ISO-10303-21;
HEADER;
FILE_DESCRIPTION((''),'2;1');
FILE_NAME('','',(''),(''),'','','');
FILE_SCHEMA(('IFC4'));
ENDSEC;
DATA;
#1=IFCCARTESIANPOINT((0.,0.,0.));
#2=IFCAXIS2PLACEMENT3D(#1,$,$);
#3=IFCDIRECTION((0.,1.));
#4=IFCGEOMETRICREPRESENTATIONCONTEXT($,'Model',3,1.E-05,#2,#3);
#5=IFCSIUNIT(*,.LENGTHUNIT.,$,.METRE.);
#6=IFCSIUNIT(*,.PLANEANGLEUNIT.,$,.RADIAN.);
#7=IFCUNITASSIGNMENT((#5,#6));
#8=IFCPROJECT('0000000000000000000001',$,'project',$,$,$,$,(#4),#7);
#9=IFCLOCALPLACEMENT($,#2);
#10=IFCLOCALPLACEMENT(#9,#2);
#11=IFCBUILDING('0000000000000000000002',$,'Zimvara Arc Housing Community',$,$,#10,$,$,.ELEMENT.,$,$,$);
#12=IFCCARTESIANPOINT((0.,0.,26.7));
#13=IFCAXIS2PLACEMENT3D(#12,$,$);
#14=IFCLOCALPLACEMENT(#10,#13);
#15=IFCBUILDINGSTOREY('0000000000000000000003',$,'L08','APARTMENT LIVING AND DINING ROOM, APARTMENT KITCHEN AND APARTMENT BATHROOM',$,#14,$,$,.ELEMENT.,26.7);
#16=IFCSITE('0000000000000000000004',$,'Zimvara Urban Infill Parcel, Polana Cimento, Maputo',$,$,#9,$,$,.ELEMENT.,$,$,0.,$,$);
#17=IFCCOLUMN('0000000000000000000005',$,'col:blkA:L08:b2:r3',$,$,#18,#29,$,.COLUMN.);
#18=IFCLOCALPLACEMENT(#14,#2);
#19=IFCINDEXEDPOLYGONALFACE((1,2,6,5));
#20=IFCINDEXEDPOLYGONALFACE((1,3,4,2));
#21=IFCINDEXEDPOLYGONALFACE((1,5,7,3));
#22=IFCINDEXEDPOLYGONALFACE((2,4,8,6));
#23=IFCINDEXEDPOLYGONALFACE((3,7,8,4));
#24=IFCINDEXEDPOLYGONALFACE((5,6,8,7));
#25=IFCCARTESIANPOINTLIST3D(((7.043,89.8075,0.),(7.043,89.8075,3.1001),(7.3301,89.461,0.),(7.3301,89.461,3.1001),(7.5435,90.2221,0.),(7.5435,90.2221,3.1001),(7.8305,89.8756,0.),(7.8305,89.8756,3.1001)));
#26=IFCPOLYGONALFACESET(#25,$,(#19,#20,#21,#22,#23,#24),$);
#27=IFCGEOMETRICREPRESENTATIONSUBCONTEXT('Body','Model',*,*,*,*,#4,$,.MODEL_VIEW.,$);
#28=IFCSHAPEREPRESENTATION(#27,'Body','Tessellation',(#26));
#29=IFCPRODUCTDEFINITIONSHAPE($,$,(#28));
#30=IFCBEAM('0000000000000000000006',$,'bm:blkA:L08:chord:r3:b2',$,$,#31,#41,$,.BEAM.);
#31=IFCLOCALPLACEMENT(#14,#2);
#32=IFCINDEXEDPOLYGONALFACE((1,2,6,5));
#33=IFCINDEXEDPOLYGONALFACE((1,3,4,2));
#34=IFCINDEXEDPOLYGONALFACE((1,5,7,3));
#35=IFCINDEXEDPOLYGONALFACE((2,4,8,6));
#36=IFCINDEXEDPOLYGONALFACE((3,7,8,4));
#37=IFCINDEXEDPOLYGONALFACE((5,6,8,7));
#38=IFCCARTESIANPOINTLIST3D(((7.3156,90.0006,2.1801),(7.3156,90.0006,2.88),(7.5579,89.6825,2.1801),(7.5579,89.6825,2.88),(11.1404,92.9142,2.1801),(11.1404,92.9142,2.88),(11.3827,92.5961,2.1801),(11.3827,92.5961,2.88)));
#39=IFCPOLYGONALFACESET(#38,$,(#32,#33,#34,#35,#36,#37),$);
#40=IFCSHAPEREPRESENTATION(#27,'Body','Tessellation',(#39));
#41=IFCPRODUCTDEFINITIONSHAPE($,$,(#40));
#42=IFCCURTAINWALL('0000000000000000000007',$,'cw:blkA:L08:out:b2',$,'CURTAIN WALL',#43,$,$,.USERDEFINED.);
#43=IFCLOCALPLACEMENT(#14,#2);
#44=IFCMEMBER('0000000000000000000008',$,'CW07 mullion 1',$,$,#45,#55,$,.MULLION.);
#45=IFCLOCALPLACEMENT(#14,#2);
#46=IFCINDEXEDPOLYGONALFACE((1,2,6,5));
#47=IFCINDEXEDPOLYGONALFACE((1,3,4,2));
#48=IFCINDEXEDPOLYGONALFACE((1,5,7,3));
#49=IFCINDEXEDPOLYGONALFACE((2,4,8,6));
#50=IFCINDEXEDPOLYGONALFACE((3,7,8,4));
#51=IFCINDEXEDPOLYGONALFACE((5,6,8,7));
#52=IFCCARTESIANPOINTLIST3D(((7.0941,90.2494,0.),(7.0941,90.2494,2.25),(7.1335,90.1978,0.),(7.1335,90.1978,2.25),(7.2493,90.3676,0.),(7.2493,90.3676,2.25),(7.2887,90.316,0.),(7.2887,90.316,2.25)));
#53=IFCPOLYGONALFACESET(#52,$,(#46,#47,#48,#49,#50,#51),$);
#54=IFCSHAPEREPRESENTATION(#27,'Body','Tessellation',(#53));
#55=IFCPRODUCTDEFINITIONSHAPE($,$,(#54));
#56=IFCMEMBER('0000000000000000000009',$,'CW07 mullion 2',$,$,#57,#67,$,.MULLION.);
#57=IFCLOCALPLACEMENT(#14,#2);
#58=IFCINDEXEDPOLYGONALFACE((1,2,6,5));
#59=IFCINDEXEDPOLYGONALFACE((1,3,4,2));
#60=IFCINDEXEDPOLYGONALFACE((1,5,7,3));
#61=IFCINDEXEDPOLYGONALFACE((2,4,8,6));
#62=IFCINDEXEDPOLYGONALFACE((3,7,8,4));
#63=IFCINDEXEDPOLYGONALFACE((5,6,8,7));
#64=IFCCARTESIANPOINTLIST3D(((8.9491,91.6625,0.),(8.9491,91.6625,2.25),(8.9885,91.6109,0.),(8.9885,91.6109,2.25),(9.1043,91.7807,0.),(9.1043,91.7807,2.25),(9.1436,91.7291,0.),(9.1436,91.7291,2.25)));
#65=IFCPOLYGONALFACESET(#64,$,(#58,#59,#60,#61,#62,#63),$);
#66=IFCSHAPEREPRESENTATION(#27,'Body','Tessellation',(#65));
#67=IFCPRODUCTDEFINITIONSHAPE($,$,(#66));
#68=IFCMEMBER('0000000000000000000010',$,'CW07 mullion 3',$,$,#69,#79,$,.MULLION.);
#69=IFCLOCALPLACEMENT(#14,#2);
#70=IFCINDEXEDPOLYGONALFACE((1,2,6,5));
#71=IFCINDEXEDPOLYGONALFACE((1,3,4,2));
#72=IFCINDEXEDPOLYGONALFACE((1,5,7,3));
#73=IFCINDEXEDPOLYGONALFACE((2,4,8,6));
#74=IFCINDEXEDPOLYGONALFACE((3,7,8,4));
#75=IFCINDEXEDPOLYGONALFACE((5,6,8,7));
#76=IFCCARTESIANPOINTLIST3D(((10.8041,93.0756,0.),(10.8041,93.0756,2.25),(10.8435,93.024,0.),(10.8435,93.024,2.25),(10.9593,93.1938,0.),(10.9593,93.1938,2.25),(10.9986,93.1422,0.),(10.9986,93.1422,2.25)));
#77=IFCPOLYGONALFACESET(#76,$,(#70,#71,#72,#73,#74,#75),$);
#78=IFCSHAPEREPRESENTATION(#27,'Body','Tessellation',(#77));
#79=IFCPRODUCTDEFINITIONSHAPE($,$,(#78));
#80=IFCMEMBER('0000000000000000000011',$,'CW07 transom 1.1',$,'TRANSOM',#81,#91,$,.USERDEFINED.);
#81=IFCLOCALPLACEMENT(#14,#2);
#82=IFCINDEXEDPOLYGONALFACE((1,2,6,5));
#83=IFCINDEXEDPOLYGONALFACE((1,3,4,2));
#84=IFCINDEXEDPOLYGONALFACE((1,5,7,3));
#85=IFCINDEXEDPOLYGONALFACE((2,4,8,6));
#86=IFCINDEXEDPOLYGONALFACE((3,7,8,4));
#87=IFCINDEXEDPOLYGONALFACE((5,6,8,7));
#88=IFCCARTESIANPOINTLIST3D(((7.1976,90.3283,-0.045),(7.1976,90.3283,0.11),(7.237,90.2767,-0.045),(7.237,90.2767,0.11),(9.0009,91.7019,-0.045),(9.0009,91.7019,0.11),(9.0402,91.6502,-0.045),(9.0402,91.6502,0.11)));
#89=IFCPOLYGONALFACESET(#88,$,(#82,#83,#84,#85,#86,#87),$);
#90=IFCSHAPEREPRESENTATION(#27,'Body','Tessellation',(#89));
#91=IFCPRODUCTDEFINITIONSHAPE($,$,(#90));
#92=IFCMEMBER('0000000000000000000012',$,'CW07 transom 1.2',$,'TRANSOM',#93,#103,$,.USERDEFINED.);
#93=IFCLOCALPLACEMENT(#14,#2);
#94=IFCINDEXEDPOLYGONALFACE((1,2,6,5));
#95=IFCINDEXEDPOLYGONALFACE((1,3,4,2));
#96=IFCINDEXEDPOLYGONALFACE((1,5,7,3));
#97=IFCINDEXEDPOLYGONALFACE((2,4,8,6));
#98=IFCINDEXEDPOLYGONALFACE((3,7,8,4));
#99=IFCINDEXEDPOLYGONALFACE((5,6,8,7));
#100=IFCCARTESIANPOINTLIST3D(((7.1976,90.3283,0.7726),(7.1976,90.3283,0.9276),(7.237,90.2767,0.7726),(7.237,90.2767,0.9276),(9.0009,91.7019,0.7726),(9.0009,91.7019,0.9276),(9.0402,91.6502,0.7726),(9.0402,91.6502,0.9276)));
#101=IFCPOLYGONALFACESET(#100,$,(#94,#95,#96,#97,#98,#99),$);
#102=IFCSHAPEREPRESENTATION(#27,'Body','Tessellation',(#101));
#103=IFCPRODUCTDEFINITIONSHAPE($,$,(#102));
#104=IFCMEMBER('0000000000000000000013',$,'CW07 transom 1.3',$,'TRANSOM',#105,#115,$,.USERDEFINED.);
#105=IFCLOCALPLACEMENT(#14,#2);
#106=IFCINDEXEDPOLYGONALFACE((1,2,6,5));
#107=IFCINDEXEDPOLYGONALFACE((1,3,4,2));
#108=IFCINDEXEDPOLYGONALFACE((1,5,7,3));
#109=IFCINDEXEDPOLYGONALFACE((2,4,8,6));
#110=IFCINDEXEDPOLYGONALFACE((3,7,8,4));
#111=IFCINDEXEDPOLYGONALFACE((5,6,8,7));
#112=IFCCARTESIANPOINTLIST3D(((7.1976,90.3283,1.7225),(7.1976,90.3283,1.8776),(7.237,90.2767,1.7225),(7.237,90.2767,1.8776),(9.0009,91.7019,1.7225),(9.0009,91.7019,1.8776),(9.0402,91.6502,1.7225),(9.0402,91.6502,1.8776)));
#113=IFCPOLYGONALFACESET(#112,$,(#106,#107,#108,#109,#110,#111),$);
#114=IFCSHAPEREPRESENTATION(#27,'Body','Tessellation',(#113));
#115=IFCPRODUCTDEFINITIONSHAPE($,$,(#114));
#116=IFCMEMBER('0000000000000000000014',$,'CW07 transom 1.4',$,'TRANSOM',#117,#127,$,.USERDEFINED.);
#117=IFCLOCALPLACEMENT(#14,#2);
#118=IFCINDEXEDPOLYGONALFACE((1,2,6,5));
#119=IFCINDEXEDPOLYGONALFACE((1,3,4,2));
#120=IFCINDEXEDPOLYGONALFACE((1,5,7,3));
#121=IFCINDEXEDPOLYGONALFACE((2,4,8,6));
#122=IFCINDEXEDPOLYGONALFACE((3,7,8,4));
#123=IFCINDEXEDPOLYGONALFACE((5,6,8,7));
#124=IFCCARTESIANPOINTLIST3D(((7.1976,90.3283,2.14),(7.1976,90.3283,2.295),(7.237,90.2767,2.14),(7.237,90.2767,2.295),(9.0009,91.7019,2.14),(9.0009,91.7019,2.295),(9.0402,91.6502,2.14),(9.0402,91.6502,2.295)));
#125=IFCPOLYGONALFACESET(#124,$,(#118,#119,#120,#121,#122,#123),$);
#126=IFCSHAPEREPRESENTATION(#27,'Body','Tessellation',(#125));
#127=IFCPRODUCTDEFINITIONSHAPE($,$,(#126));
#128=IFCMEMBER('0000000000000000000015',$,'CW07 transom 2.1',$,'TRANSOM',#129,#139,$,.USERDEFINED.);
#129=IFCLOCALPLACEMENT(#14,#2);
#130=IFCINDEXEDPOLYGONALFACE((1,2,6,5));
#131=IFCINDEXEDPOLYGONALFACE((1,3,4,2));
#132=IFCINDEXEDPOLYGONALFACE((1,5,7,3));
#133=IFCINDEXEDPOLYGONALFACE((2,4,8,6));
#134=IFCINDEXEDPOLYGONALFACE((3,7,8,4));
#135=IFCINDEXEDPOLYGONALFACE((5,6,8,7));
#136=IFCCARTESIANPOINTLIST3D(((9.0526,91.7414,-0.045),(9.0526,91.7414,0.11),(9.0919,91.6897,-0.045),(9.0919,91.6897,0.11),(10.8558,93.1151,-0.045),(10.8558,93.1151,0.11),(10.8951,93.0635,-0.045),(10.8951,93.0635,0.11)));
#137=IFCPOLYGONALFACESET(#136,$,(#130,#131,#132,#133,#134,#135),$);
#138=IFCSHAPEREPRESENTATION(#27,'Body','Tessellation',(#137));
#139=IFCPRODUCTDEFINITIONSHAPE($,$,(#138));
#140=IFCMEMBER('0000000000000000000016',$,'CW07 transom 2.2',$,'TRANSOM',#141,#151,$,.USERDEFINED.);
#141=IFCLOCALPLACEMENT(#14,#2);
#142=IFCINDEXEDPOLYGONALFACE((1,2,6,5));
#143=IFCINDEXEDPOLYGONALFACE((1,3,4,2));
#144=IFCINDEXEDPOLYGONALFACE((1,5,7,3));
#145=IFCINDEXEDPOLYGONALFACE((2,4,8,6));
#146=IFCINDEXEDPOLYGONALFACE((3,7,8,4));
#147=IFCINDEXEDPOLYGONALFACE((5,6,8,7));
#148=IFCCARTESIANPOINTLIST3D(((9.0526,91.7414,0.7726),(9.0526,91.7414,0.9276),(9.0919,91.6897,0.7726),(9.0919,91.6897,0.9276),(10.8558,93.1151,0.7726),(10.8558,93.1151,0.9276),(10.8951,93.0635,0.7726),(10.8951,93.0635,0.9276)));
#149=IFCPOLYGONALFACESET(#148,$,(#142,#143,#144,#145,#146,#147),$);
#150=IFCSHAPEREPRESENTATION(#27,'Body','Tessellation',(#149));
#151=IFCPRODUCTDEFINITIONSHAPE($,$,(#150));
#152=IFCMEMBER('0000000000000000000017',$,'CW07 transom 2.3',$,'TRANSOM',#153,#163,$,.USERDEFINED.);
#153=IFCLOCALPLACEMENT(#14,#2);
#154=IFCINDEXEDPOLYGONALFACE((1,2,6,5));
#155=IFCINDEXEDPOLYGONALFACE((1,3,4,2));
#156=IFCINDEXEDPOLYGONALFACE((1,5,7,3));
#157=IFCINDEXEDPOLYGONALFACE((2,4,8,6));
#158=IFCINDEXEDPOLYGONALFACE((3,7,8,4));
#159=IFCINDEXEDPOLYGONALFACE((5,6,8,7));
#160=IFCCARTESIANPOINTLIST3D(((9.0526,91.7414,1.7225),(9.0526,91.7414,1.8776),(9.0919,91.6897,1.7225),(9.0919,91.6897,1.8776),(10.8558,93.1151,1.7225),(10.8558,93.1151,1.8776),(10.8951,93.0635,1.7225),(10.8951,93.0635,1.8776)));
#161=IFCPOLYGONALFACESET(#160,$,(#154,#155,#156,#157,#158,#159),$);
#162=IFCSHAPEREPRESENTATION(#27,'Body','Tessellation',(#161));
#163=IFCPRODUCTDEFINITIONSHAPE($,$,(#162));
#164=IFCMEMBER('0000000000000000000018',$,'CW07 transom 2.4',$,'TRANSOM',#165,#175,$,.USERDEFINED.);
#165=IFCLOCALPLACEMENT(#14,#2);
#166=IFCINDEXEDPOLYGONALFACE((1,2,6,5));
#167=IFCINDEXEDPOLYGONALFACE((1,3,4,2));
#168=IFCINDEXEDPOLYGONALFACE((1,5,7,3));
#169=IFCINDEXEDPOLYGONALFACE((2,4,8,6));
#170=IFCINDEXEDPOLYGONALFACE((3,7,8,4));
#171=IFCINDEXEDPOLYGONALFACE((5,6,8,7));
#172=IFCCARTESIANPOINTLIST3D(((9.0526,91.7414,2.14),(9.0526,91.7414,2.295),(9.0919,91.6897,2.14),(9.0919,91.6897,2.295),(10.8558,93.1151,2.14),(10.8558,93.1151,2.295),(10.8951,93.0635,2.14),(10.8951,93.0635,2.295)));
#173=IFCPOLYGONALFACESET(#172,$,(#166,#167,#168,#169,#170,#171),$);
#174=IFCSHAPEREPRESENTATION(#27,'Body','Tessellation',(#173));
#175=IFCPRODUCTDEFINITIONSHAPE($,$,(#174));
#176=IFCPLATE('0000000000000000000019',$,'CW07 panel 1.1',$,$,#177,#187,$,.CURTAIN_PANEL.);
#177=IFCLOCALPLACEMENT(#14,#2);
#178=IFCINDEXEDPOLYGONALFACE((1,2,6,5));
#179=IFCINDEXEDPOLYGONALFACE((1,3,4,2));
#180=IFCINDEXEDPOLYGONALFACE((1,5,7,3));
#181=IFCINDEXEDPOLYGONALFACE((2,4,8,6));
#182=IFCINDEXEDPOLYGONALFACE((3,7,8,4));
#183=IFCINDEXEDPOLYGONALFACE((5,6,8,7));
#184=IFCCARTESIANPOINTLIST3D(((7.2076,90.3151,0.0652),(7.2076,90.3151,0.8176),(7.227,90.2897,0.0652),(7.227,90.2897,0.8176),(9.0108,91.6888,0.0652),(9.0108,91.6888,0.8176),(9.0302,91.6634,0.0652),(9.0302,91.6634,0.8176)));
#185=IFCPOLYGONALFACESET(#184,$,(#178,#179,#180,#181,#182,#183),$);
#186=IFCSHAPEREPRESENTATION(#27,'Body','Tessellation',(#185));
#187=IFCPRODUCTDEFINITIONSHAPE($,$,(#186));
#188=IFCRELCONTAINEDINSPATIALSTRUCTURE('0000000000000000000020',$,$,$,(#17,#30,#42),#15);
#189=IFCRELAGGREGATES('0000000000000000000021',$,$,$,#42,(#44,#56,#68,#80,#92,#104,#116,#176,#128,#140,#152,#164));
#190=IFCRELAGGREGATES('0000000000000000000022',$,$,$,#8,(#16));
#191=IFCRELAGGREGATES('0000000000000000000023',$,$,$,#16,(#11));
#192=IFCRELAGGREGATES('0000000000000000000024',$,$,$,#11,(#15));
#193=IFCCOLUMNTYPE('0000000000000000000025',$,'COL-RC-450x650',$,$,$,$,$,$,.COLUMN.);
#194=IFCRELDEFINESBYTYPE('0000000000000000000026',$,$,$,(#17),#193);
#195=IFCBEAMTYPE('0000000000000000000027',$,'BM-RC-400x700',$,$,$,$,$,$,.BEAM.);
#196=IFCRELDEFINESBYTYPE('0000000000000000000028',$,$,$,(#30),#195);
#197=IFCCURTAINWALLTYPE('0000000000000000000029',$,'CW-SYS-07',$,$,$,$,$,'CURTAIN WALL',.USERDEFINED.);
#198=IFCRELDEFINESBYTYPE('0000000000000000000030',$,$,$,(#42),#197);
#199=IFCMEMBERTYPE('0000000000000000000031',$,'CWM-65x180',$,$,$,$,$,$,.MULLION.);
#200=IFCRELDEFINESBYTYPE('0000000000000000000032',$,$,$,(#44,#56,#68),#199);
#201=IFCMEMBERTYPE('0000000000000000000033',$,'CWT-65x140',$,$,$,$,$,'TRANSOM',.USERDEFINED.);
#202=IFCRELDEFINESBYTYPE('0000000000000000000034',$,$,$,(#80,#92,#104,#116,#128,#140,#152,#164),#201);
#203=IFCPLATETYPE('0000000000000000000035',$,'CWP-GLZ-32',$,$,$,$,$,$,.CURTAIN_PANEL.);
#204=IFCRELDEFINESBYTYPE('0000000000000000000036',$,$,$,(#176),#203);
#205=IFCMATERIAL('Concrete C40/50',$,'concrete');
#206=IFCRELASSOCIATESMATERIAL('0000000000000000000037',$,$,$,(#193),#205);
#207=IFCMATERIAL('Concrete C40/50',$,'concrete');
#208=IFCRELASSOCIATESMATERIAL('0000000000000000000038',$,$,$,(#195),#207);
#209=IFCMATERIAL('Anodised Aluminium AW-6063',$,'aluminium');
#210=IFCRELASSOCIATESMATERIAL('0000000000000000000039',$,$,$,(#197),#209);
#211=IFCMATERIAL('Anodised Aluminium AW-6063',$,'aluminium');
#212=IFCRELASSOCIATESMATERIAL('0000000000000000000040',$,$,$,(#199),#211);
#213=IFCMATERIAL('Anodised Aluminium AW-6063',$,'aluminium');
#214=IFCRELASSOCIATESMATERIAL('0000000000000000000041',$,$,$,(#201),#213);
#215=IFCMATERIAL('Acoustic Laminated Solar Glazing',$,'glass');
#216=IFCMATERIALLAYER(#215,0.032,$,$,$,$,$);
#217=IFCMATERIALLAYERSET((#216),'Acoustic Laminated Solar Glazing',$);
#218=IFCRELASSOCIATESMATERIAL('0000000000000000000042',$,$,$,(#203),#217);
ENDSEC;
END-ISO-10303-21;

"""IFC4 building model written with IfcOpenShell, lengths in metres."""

from ifc_helpers import new_model, si_unit, direction, frame, origin, origin_2d, place, context, subcontext, project, spatial, rectangle, extrude, material, layer, layer_set, material_profile, profile_set, type_object, element, aggregate, save


model = new_model("IFC4")

# Units and contexts
model_context = context("Model", 3, precision=1e-05, world=origin(), true_north=direction((0.0, 1.0)))
body_context = subcontext(model_context, "Body", "Model", "MODEL_VIEW")
ifc_project = project(units=[si_unit("LENGTHUNIT", "METRE"), si_unit("PLANEANGLEUNIT", "RADIAN")], contexts=[model_context])

# Site, building, storey
site_placement = place(None, origin())
site = spatial("IfcSite", under=ifc_project, at=site_placement, Name="Zimvara Urban Infill Parcel, Polana Cimento, Maputo", CompositionType="ELEMENT", RefElevation=0.0)
building_placement = place(site_placement, origin())
building = spatial("IfcBuilding", under=site, at=building_placement, Name="Zimvara Arc Housing Community", CompositionType="ELEMENT")
storey_placement = place(building_placement, frame((0.0, 0.0, 26.7)))
storey = spatial("IfcBuildingStorey", under=building, at=storey_placement, Name="L08", Description="APARTMENT LIVING AND DINING ROOM, APARTMENT KITCHEN AND APARTMENT BATHROOM", CompositionType="ELEMENT", Elevation=26.7)

# Column
ifc_material_1 = material(Name="Concrete C40/50", Category="concrete")
ifc_material_profile_1 = material_profile(ifc_material_1, rectangle(XDim=0.45, YDim=0.6499, at=origin_2d()), Name="RC 450x650")
ifc_profile_set_1 = profile_set([ifc_material_profile_1], Name="Concrete C40/50")
column_type = type_object("IfcColumnType", Name="COL-RC-450x650", PredefinedType="COLUMN", material=ifc_profile_set_1)
column_placement = place(storey_placement, frame((7.4368, 89.8416, 0.0), z_axis=(0.0, 0.0, 1.0), x_axis=(-0.637962, 0.770068, 0.0)))
element("IfcColumn", 1, at=column_placement, inside=storey, type_object=column_type, Name="col:blkA:L08:b2:r3", PredefinedType="COLUMN", context=body_context, shape_type="SweptSolid", body=[
    extrude(rectangle(XDim=0.45, YDim=0.6499, at=origin_2d()), origin(), (0.0, 0.0, 1.0), 3.1001),
])

# Beam
ifc_material_2 = material(Name="Concrete C40/50", Category="concrete")
ifc_material_profile_2 = material_profile(ifc_material_2, rectangle(XDim=0.3999, YDim=0.7, at=origin_2d()), Name="RC 400x700")
ifc_profile_set_2 = profile_set([ifc_material_profile_2], Name="Concrete C40/50")
beam_type = type_object("IfcBeamType", Name="BM-RC-400x700", PredefinedType="BEAM", material=ifc_profile_set_2)
beam_placement = place(storey_placement, frame((7.4368, 89.8416, 2.53), z_axis=(0.795481, 0.605979, 0.0), x_axis=(-0.605979, 0.795481, 0.0)))
element("IfcBeam", 2, at=beam_placement, inside=storey, type_object=beam_type, Name="bm:blkA:L08:chord:r3:b2", PredefinedType="BEAM", context=body_context, shape_type="SweptSolid", body=[
    extrude(rectangle(XDim=0.3999, YDim=0.7, at=origin_2d()), origin(), (0.0, 0.0, 1.0), 4.8081),
])

# Curtain wall, members, plate
ifc_material_3 = material(Name="Anodised Aluminium AW-6063", Category="aluminium")
curtain_wall_type = type_object("IfcCurtainWallType", Name="CW-SYS-07", ElementType="CURTAIN WALL", PredefinedType="USERDEFINED", material=ifc_material_3)
curtain_wall_placement = place(storey_placement, origin())
curtain_wall = element("IfcCurtainWall", 3, at=curtain_wall_placement, inside=storey, type_object=curtain_wall_type, Name="cw:blkA:L08:out:b2", ObjectType="CURTAIN WALL", PredefinedType="USERDEFINED")
ifc_material_4 = material(Name="Anodised Aluminium AW-6063", Category="aluminium")
ifc_material_profile_3 = material_profile(ifc_material_4, rectangle(XDim=0.0649, YDim=0.1951, at=origin_2d()), Name="ALU 65x195")
ifc_profile_set_3 = profile_set([ifc_material_profile_3], Name="Anodised Aluminium AW-6063")
member_type_1 = type_object("IfcMemberType", Name="CWM-65x180", PredefinedType="MULLION", material=ifc_profile_set_3)
member_1_placement = place(storey_placement, frame((7.1914, 90.2827, 0.0), z_axis=(0.0, 0.0, 1.0), x_axis=(-0.605988, 0.795474, 0.0)))
member_1 = element("IfcMember", 4, at=member_1_placement, type_object=member_type_1, Name="CW07 mullion 1", PredefinedType="MULLION", context=body_context, shape_type="SweptSolid", body=[
    extrude(rectangle(XDim=0.0649, YDim=0.1951, at=origin_2d()), origin(), (0.0, 0.0, 1.0), 2.25),
])
member_2_placement = place(storey_placement, frame((9.0464, 91.6958, 0.0), z_axis=(0.0, 0.0, 1.0), x_axis=(-0.605988, 0.795474, 0.0)))
member_2 = element("IfcMember", 5, at=member_2_placement, type_object=member_type_1, Name="CW07 mullion 2", PredefinedType="MULLION", context=body_context, shape_type="SweptSolid", body=[
    extrude(rectangle(XDim=0.0649, YDim=0.1951, at=origin_2d()), origin(), (0.0, 0.0, 1.0), 2.25),
])
member_3_placement = place(storey_placement, frame((10.9014, 93.1089, 0.0), z_axis=(0.0, 0.0, 1.0), x_axis=(-0.605988, 0.795474, 0.0)))
member_3 = element("IfcMember", 6, at=member_3_placement, type_object=member_type_1, Name="CW07 mullion 3", PredefinedType="MULLION", context=body_context, shape_type="SweptSolid", body=[
    extrude(rectangle(XDim=0.0649, YDim=0.1951, at=origin_2d()), origin(), (0.0, 0.0, 1.0), 2.25),
])
ifc_material_5 = material(Name="Anodised Aluminium AW-6063", Category="aluminium")
ifc_material_profile_4 = material_profile(ifc_material_5, rectangle(XDim=0.0649, YDim=0.155, at=origin_2d()), Name="ALU 65x155")
ifc_profile_set_4 = profile_set([ifc_material_profile_4], Name="Anodised Aluminium AW-6063")
member_type_2 = type_object("IfcMemberType", Name="CWT-65x140", ElementType="TRANSOM", PredefinedType="USERDEFINED", material=ifc_profile_set_4)
member_4_placement = place(storey_placement, frame((7.2173, 90.3025, 0.0325), z_axis=(0.795506, 0.605946, 0.0), x_axis=(-0.605946, 0.795506, 0.0)))
member_4 = element("IfcMember", 7, at=member_4_placement, type_object=member_type_2, Name="CW07 transom 1.1", ObjectType="TRANSOM", PredefinedType="USERDEFINED", context=body_context, shape_type="SweptSolid", body=[
    extrude(rectangle(XDim=0.0649, YDim=0.155, at=origin_2d()), origin(), (0.0, 0.0, 1.0), 2.2668),
])
member_5_placement = place(storey_placement, frame((7.2173, 90.3025, 0.8501), z_axis=(0.795506, 0.605946, 0.0), x_axis=(-0.605946, 0.795506, 0.0)))
member_5 = element("IfcMember", 8, at=member_5_placement, type_object=member_type_2, Name="CW07 transom 1.2", ObjectType="TRANSOM", PredefinedType="USERDEFINED", context=body_context, shape_type="SweptSolid", body=[
    extrude(rectangle(XDim=0.0649, YDim=0.155, at=origin_2d()), origin(), (0.0, 0.0, 1.0), 2.2668),
])
member_6_placement = place(storey_placement, frame((7.2173, 90.3025, 1.8), z_axis=(0.795506, 0.605946, 0.0), x_axis=(-0.605946, 0.795506, 0.0)))
member_6 = element("IfcMember", 9, at=member_6_placement, type_object=member_type_2, Name="CW07 transom 1.3", ObjectType="TRANSOM", PredefinedType="USERDEFINED", context=body_context, shape_type="SweptSolid", body=[
    extrude(rectangle(XDim=0.0649, YDim=0.155, at=origin_2d()), origin(), (0.0, 0.0, 1.0), 2.2668),
])
member_7_placement = place(storey_placement, frame((7.2173, 90.3025, 2.2175), z_axis=(0.795506, 0.605946, 0.0), x_axis=(-0.605946, 0.795506, 0.0)))
member_7 = element("IfcMember", 10, at=member_7_placement, type_object=member_type_2, Name="CW07 transom 1.4", ObjectType="TRANSOM", PredefinedType="USERDEFINED", context=body_context, shape_type="SweptSolid", body=[
    extrude(rectangle(XDim=0.0649, YDim=0.155, at=origin_2d()), origin(), (0.0, 0.0, 1.0), 2.2668),
])
member_8_placement = place(storey_placement, frame((9.0723, 91.7156, 0.0325), z_axis=(0.795454, 0.606014, 0.0), x_axis=(-0.606014, 0.795454, 0.0)))
member_8 = element("IfcMember", 11, at=member_8_placement, type_object=member_type_2, Name="CW07 transom 2.1", ObjectType="TRANSOM", PredefinedType="USERDEFINED", context=body_context, shape_type="SweptSolid", body=[
    extrude(rectangle(XDim=0.0649, YDim=0.155, at=origin_2d()), origin(), (0.0, 0.0, 1.0), 2.2668),
])
member_9_placement = place(storey_placement, frame((9.0723, 91.7156, 0.8501), z_axis=(0.795454, 0.606014, 0.0), x_axis=(-0.606014, 0.795454, 0.0)))
member_9 = element("IfcMember", 12, at=member_9_placement, type_object=member_type_2, Name="CW07 transom 2.2", ObjectType="TRANSOM", PredefinedType="USERDEFINED", context=body_context, shape_type="SweptSolid", body=[
    extrude(rectangle(XDim=0.0649, YDim=0.155, at=origin_2d()), origin(), (0.0, 0.0, 1.0), 2.2668),
])
member_10_placement = place(storey_placement, frame((9.0723, 91.7156, 1.8), z_axis=(0.795454, 0.606014, 0.0), x_axis=(-0.606014, 0.795454, 0.0)))
member_10 = element("IfcMember", 13, at=member_10_placement, type_object=member_type_2, Name="CW07 transom 2.3", ObjectType="TRANSOM", PredefinedType="USERDEFINED", context=body_context, shape_type="SweptSolid", body=[
    extrude(rectangle(XDim=0.0649, YDim=0.155, at=origin_2d()), origin(), (0.0, 0.0, 1.0), 2.2668),
])
member_11_placement = place(storey_placement, frame((9.0723, 91.7156, 2.2175), z_axis=(0.795454, 0.606014, 0.0), x_axis=(-0.606014, 0.795454, 0.0)))
member_11 = element("IfcMember", 14, at=member_11_placement, type_object=member_type_2, Name="CW07 transom 2.4", ObjectType="TRANSOM", PredefinedType="USERDEFINED", context=body_context, shape_type="SweptSolid", body=[
    extrude(rectangle(XDim=0.0649, YDim=0.155, at=origin_2d()), origin(), (0.0, 0.0, 1.0), 2.2668),
])
ifc_material_6 = material(Name="Acoustic Laminated Solar Glazing", Category="glass")
ifc_layer_1 = layer(ifc_material_6, 0.032)
ifc_layer_set_1 = layer_set([ifc_layer_1], Name="Acoustic Laminated Solar Glazing")
plate_type = type_object("IfcPlateType", Name="CWP-GLZ-32", PredefinedType="CURTAIN_PANEL", material=ifc_layer_set_1)
plate_1_placement = place(storey_placement, frame((8.1189, 90.9893, 0.0652), z_axis=(0.0, 0.0, 1.0), x_axis=(0.795474, 0.605988, 0.0)))
plate_1 = element("IfcPlate", 15, at=plate_1_placement, type_object=plate_type, Name="CW07 panel 1.1", PredefinedType="CURTAIN_PANEL", context=body_context, shape_type="SweptSolid", body=[
    extrude(rectangle(XDim=2.2668, YDim=0.032, at=origin_2d()), origin(), (0.0, 0.0, 1.0), 0.7524),
])
aggregate(curtain_wall, [member_1, member_2, member_3, member_4, member_5, member_6, member_7, plate_1, member_8, member_9, member_10, member_11])

save(model, "model.ifc")
